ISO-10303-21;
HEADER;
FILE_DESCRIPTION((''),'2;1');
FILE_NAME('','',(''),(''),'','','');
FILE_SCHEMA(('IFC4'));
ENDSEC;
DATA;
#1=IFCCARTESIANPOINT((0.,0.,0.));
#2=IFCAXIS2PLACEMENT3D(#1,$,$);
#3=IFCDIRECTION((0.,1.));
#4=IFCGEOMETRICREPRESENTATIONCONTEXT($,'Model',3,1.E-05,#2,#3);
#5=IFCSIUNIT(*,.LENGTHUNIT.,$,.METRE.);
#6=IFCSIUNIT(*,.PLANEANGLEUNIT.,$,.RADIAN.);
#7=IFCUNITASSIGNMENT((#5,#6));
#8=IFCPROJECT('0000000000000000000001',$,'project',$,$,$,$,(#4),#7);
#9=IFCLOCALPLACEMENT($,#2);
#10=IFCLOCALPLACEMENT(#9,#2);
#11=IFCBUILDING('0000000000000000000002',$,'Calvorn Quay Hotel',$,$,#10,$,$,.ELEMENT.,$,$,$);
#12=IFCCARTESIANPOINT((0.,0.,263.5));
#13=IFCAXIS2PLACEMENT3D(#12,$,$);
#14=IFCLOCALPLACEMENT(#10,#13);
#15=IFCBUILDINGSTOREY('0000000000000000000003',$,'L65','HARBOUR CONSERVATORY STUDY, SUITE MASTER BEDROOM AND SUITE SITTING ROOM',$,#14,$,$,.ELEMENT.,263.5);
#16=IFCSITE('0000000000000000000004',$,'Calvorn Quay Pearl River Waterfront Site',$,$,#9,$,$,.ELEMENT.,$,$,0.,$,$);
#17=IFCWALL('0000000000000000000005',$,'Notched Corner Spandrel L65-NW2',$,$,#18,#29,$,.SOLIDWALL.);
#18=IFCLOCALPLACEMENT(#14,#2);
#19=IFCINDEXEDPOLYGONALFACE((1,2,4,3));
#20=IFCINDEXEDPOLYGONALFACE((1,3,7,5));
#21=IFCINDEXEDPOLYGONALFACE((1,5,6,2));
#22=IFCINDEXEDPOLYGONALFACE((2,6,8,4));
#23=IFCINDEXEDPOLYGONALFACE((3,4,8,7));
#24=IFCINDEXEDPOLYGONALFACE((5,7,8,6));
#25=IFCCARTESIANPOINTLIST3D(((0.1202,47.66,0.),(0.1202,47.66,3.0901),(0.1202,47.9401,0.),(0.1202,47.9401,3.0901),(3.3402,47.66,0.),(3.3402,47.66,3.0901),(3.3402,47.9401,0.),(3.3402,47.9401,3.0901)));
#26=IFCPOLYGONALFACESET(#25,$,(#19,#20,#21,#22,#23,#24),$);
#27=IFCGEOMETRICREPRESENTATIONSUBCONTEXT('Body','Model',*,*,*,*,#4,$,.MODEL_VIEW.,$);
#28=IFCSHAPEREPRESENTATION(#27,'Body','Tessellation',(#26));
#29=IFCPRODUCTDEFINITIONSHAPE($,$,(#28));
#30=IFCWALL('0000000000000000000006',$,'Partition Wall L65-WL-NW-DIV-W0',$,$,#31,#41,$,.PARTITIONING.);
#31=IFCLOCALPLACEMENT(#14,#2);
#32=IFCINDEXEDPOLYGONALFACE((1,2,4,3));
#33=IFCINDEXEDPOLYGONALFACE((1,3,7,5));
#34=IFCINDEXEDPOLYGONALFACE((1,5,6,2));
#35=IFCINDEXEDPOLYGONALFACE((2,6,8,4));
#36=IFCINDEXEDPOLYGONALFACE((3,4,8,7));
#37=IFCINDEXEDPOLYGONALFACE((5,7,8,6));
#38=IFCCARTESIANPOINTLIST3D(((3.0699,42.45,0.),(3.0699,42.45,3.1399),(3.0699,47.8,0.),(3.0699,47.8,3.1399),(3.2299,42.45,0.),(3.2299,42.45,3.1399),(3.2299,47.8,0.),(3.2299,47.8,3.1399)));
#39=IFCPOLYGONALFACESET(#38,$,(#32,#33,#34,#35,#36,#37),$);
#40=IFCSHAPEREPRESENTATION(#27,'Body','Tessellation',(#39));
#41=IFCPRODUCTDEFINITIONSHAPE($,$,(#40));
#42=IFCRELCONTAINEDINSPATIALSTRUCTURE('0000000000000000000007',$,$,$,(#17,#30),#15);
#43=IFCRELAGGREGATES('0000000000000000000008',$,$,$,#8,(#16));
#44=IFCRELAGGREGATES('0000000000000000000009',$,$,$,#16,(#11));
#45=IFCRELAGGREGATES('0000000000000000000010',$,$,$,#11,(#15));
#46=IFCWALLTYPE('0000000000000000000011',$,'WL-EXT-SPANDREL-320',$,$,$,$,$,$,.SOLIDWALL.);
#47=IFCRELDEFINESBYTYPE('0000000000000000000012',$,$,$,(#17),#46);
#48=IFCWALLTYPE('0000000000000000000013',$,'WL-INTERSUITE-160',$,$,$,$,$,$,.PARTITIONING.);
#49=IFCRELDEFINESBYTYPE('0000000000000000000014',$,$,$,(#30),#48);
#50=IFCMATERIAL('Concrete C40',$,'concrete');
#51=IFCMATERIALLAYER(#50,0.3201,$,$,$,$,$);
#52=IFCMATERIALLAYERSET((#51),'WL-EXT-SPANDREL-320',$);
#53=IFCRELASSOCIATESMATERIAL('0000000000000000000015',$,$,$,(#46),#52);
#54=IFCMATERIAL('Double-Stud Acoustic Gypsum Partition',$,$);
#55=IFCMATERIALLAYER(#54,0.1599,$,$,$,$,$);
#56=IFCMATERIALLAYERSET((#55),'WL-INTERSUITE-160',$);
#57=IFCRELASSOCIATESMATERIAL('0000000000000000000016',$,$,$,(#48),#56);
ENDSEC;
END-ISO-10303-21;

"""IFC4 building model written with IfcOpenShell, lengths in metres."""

from ifc_helpers import new_model, si_unit, direction, frame, frame_2d, origin, place, context, subcontext, project, spatial, rectangle, extrude, material, layer, layer_set, type_object, element, save


model = new_model("IFC4")

# Units and contexts
model_context = context("Model", 3, precision=1e-05, world=origin(), true_north=direction((0.0, 1.0)))
body_context = subcontext(model_context, "Body", "Model", "MODEL_VIEW")
ifc_project = project(units=[si_unit("LENGTHUNIT", "METRE"), si_unit("PLANEANGLEUNIT", "RADIAN")], contexts=[model_context])

# Site, building, storey
site_placement = place(None, origin())
site = spatial("IfcSite", under=ifc_project, at=site_placement, Name="Calvorn Quay Pearl River Waterfront Site", CompositionType="ELEMENT", RefElevation=0.0)
building_placement = place(site_placement, origin())
building = spatial("IfcBuilding", under=site, at=building_placement, Name="Calvorn Quay Hotel", CompositionType="ELEMENT")
storey_placement = place(building_placement, frame((0.0, 0.0, 263.5)))
storey = spatial("IfcBuildingStorey", under=building, at=storey_placement, Name="L65", Description="HARBOUR CONSERVATORY STUDY, SUITE MASTER BEDROOM AND SUITE SITTING ROOM", CompositionType="ELEMENT", Elevation=263.5)

# Walls
ifc_material_1 = material(Name="Concrete C40", Category="concrete")
ifc_layer_1 = layer(ifc_material_1, 0.3201)
ifc_layer_set_1 = layer_set([ifc_layer_1], Name="WL-EXT-SPANDREL-320")
wall_type_1 = type_object("IfcWallType", Name="WL-EXT-SPANDREL-320", PredefinedType="SOLIDWALL", material=ifc_layer_set_1)
wall_1_placement = place(storey_placement, frame((3.3401, 47.8, 0.0), z_axis=(0.0, 0.0, 1.0), x_axis=(-1.0, 0.0, 0.0)))
element("IfcWall", 1, at=wall_1_placement, inside=storey, type_object=wall_type_1, Name="Notched Corner Spandrel L65-NW2", PredefinedType="SOLIDWALL", context=body_context, shape_type="SweptSolid", body=[
    extrude(rectangle(XDim=3.22, YDim=0.28, at=frame_2d((1.6099, 0.0))), origin(), (0.0, 0.0, 1.0), 3.0901),
])
ifc_material_2 = material(Name="Double-Stud Acoustic Gypsum Partition")
ifc_layer_2 = layer(ifc_material_2, 0.1599)
ifc_layer_set_2 = layer_set([ifc_layer_2], Name="WL-INTERSUITE-160")
wall_type_2 = type_object("IfcWallType", Name="WL-INTERSUITE-160", PredefinedType="PARTITIONING", material=ifc_layer_set_2)
wall_2_placement = place(storey_placement, frame((3.1499, 42.45, 0.0), z_axis=(0.0, 0.0, 1.0), x_axis=(0.0, 1.0, 0.0)))
element("IfcWall", 2, at=wall_2_placement, inside=storey, type_object=wall_type_2, Name="Partition Wall L65-WL-NW-DIV-W0", PredefinedType="PARTITIONING", context=body_context, shape_type="SweptSolid", body=[
    extrude(rectangle(XDim=5.3501, YDim=0.1599, at=frame_2d((2.675, 0.0))), origin(), (0.0, 0.0, 1.0), 3.1399),
])

save(model, "model.ifc")
